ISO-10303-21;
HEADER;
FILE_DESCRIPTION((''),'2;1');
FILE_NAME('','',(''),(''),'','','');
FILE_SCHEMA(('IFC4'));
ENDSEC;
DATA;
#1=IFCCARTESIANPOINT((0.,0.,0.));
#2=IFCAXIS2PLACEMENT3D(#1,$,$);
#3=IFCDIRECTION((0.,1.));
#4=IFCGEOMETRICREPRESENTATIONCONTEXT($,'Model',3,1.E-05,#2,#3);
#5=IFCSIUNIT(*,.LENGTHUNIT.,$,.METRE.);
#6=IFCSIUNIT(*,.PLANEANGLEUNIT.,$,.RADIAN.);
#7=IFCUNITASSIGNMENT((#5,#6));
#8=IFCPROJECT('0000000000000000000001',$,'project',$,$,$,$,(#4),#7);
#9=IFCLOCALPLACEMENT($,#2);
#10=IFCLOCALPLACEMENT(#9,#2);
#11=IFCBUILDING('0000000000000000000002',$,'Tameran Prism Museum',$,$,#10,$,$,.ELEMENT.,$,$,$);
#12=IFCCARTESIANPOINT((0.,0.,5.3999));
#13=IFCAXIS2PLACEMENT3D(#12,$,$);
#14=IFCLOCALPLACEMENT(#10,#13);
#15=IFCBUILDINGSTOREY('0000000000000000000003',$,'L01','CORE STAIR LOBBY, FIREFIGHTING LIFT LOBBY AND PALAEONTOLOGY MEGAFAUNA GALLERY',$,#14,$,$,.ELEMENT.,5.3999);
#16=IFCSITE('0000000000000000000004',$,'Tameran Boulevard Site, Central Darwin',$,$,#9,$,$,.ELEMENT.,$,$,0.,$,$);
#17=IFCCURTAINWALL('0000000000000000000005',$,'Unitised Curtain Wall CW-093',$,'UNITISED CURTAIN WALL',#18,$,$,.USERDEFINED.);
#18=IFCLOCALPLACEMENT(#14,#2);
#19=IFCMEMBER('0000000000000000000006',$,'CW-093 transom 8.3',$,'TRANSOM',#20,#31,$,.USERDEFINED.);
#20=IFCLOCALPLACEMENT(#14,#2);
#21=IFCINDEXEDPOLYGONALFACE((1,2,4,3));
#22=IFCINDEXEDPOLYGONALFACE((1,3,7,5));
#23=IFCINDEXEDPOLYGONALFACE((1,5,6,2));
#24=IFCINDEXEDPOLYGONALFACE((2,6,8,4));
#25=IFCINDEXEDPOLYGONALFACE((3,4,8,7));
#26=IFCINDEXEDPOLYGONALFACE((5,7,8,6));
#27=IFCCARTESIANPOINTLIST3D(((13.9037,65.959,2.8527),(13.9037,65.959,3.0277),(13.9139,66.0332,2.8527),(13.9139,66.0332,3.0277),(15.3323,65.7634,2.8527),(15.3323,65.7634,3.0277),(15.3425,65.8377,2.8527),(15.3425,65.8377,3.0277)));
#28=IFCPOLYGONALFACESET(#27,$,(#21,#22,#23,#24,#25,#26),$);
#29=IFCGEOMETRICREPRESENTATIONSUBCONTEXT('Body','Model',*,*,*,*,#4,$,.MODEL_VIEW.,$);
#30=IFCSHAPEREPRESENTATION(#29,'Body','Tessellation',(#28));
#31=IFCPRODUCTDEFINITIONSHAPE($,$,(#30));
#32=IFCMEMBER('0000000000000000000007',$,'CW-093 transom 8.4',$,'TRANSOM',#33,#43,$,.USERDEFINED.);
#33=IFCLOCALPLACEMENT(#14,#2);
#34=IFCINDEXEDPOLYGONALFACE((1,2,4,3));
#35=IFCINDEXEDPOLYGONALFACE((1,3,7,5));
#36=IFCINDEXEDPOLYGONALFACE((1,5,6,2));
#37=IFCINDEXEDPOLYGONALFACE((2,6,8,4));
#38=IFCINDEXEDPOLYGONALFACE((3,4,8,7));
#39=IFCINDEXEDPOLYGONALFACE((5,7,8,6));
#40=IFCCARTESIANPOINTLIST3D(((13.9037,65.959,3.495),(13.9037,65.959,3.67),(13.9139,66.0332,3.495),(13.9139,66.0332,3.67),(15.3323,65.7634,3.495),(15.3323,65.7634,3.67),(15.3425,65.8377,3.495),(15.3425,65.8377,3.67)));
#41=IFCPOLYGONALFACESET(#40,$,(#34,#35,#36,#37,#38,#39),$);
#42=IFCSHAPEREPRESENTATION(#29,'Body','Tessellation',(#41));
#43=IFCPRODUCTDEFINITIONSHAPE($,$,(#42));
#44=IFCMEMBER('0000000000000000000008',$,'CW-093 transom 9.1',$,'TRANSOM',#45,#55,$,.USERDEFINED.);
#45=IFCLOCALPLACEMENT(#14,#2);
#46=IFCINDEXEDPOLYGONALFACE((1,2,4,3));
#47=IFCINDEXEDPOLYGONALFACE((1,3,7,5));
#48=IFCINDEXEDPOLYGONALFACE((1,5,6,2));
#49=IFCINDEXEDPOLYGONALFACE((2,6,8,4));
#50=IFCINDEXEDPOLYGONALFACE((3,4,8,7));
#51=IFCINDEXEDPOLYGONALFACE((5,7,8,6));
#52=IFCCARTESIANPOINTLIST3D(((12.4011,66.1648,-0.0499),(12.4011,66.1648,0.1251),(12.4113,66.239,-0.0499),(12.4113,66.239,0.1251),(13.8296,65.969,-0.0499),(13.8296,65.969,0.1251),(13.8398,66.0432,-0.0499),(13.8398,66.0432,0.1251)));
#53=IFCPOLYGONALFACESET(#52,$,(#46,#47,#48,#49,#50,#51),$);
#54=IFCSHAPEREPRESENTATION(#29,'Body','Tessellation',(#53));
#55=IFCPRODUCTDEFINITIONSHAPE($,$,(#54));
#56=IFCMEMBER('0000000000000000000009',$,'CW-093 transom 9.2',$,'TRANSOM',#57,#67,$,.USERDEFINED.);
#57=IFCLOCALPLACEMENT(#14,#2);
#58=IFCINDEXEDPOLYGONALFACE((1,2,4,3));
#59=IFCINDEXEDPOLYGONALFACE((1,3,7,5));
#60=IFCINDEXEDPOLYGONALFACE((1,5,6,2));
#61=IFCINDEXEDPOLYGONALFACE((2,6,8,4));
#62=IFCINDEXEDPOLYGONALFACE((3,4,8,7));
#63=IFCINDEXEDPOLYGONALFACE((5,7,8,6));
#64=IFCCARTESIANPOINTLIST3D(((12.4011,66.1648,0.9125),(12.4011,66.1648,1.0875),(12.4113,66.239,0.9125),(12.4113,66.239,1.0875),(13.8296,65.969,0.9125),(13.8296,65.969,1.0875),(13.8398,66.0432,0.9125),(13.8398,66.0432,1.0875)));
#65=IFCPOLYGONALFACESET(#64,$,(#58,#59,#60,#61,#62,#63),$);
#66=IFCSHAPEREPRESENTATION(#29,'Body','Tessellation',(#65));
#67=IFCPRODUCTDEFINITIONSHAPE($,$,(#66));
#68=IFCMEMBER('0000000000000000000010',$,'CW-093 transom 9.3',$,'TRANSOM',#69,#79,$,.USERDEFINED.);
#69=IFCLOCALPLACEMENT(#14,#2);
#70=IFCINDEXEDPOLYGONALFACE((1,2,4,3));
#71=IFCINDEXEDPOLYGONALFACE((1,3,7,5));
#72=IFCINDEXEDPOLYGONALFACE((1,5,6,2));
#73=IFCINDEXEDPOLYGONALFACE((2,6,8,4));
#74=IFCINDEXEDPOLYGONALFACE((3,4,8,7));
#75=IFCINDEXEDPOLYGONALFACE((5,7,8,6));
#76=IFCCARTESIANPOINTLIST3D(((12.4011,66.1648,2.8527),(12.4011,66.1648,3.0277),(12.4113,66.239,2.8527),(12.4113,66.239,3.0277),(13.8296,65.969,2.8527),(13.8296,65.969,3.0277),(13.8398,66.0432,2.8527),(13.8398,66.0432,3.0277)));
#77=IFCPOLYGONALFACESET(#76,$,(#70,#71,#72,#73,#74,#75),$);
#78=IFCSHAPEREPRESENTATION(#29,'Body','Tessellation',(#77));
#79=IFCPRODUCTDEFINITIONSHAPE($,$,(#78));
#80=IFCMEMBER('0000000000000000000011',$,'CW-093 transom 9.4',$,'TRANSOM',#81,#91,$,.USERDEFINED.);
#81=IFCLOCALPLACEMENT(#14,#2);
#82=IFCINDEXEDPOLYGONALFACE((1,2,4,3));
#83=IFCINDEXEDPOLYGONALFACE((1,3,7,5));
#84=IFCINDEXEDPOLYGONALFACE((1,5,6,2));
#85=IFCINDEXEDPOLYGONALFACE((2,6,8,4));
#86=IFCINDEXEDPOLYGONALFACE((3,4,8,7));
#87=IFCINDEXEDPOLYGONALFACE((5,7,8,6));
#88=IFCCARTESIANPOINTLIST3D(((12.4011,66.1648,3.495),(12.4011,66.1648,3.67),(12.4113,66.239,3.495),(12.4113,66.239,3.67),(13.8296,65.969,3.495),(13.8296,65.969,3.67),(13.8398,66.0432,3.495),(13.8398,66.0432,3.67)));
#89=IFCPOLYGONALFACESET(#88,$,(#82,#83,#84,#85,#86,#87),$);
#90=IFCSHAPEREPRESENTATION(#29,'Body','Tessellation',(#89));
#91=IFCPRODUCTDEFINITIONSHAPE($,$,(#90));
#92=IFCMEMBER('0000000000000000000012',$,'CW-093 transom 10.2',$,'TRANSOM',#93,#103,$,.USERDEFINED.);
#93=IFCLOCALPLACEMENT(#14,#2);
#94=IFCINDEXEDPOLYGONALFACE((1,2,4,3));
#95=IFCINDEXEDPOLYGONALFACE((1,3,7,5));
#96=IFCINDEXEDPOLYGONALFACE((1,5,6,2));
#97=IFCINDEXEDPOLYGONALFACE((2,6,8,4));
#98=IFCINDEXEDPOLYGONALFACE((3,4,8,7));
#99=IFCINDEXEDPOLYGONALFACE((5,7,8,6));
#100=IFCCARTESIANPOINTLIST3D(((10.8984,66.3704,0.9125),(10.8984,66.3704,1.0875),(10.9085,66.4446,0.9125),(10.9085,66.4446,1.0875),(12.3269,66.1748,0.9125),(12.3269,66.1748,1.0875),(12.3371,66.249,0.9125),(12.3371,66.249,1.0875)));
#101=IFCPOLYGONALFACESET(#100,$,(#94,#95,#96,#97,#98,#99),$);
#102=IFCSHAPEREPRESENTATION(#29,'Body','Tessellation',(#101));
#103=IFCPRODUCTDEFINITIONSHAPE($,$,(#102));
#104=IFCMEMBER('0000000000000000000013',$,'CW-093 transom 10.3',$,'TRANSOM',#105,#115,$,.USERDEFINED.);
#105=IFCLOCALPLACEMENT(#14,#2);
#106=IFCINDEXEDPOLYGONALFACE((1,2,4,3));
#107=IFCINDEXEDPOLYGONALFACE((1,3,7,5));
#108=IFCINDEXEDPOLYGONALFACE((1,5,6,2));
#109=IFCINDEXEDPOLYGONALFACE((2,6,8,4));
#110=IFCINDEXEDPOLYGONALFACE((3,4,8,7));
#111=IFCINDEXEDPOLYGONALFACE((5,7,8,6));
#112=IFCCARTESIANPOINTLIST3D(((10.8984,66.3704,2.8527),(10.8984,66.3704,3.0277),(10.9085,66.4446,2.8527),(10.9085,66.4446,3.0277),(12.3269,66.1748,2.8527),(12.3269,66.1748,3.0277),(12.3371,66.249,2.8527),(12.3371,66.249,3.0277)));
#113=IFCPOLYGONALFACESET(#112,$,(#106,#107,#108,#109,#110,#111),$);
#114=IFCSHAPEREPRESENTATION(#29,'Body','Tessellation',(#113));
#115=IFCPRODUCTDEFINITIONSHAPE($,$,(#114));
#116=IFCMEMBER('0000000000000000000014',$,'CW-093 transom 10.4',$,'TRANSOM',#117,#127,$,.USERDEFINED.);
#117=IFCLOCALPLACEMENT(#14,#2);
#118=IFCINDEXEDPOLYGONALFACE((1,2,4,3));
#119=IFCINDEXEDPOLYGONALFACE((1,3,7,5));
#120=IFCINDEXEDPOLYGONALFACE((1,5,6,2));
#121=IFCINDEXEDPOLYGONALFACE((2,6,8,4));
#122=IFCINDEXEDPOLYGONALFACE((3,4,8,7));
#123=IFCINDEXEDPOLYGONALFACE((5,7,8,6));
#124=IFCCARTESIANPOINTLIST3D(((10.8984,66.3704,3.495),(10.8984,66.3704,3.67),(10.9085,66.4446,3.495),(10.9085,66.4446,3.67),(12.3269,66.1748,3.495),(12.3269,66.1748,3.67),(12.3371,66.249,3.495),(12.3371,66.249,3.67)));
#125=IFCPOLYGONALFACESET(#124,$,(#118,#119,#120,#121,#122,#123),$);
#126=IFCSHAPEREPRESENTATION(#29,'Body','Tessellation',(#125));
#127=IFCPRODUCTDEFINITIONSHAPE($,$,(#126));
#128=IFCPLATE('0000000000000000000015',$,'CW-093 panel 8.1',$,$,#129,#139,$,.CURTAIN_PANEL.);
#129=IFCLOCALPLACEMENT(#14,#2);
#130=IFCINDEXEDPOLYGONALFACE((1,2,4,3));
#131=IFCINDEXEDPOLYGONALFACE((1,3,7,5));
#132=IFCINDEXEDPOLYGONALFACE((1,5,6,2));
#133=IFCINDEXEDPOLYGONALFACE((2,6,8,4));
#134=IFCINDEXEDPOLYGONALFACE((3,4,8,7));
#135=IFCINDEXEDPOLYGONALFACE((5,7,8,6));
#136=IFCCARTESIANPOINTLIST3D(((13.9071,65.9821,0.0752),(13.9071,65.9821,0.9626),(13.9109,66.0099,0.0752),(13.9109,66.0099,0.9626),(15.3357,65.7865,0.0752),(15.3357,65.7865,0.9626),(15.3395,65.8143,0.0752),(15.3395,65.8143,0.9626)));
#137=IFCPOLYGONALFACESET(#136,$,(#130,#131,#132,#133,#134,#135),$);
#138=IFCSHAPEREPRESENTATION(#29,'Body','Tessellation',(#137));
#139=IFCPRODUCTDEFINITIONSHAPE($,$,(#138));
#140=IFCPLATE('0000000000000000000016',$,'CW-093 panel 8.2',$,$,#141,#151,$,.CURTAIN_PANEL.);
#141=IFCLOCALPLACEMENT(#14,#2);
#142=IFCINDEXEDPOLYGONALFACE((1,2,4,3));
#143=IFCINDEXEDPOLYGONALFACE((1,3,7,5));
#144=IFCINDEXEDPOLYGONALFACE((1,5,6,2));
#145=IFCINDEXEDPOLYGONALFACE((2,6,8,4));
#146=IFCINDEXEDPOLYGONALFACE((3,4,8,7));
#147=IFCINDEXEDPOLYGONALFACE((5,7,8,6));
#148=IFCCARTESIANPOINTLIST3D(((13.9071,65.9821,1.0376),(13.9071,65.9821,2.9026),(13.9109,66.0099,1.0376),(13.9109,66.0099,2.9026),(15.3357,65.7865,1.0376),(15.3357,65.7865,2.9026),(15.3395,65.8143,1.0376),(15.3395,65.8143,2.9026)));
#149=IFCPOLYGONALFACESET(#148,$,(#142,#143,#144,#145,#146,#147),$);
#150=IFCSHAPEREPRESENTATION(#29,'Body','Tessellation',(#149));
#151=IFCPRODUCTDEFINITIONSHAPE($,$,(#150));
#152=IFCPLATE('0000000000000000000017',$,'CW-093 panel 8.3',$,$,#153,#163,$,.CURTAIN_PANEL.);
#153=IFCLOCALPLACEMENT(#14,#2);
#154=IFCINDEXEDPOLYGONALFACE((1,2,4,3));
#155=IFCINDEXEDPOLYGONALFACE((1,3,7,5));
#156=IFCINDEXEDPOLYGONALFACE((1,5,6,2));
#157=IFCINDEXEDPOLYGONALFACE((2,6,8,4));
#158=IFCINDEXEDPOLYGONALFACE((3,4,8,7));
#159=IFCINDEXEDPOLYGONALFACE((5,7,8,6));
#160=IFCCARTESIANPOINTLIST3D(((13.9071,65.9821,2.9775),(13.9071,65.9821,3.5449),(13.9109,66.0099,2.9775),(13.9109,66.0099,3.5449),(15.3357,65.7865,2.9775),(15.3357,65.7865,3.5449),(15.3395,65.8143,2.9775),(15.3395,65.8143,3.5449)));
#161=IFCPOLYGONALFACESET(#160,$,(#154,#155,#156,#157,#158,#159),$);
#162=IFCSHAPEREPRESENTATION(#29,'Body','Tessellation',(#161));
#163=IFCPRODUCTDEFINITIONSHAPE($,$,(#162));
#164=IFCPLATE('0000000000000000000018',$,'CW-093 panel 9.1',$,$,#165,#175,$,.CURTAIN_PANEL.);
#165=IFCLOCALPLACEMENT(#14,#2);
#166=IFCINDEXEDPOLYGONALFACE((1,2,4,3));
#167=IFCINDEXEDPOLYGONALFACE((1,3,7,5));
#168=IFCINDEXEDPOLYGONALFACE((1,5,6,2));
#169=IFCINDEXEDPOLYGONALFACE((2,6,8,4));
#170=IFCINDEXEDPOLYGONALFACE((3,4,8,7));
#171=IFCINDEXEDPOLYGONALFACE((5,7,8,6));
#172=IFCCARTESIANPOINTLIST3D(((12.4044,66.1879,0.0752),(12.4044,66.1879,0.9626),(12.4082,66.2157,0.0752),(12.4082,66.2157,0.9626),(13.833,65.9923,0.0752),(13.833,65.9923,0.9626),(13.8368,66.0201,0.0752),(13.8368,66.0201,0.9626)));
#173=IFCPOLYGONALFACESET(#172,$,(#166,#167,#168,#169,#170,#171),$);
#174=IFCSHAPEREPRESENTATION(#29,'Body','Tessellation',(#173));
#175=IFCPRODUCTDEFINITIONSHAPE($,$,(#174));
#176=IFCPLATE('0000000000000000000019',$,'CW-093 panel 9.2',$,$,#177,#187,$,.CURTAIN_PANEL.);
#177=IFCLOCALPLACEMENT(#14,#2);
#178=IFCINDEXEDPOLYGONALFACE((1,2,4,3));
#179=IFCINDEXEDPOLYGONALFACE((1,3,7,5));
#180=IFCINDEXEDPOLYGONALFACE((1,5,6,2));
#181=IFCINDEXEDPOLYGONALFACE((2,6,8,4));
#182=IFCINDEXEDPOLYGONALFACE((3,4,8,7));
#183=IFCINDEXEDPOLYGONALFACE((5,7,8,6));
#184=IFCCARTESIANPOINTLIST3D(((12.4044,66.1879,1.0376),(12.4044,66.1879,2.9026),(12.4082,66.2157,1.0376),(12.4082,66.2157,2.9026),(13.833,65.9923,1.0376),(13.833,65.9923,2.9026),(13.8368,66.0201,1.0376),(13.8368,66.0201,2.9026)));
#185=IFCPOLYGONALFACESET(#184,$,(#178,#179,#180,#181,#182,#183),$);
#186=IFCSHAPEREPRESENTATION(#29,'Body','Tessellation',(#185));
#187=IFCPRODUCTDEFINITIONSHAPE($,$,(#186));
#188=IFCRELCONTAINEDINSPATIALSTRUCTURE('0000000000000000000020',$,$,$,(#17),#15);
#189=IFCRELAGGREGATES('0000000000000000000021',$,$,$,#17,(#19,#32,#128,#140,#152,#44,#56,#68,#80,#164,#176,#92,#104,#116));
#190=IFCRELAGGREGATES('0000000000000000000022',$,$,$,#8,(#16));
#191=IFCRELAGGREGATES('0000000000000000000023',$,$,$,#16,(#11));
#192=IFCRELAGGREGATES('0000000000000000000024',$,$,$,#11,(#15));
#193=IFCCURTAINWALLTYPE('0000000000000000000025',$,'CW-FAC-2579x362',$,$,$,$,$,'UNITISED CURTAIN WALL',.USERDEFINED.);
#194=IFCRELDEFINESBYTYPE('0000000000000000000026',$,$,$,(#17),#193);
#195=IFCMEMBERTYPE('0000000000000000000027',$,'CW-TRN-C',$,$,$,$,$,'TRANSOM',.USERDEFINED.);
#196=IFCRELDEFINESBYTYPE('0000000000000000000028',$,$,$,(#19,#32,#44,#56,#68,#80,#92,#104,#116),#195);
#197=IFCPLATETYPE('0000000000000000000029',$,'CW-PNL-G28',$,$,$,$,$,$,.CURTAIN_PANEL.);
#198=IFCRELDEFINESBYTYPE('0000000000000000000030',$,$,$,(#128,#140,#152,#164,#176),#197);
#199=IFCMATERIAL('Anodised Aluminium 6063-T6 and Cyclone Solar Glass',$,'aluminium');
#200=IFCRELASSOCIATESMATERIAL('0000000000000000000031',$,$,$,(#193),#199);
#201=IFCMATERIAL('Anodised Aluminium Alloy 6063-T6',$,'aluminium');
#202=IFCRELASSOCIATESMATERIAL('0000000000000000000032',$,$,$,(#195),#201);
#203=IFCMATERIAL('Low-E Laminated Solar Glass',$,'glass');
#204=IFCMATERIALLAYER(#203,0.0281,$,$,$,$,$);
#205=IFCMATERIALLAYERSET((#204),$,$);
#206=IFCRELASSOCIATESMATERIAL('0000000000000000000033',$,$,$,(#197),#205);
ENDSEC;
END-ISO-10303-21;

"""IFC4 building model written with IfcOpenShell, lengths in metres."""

from ifc_helpers import new_model, si_unit, direction, frame, origin, origin_2d, place, context, subcontext, project, spatial, rectangle, extrude, material, layer, layer_set, material_profile, profile_set, type_object, element, aggregate, save


model = new_model("IFC4")

# Units and contexts
model_context = context("Model", 3, precision=1e-05, world=origin(), true_north=direction((0.0, 1.0)))
body_context = subcontext(model_context, "Body", "Model", "MODEL_VIEW")
ifc_project = project(units=[si_unit("LENGTHUNIT", "METRE"), si_unit("PLANEANGLEUNIT", "RADIAN")], contexts=[model_context])

# Site, building, storey
site_placement = place(None, origin())
site = spatial("IfcSite", under=ifc_project, at=site_placement, Name="Tameran Boulevard Site, Central Darwin", CompositionType="ELEMENT", RefElevation=0.0)
building_placement = place(site_placement, origin())
building = spatial("IfcBuilding", under=site, at=building_placement, Name="Tameran Prism Museum", CompositionType="ELEMENT")
storey_placement = place(building_placement, frame((0.0, 0.0, 5.3999)))
storey = spatial("IfcBuildingStorey", under=building, at=storey_placement, Name="L01", Description="CORE STAIR LOBBY, FIREFIGHTING LIFT LOBBY AND PALAEONTOLOGY MEGAFAUNA GALLERY", CompositionType="ELEMENT", Elevation=5.3999)

# Curtain wall, members, plates
ifc_material_1 = material(Name="Anodised Aluminium 6063-T6 and Cyclone Solar Glass", Category="aluminium")
curtain_wall_type = type_object("IfcCurtainWallType", Name="CW-FAC-2579x362", ElementType="UNITISED CURTAIN WALL", PredefinedType="USERDEFINED", material=ifc_material_1)
curtain_wall_placement = place(storey_placement, origin())
curtain_wall = element("IfcCurtainWall", 1, at=curtain_wall_placement, inside=storey, type_object=curtain_wall_type, Name="Unitised Curtain Wall CW-093", ObjectType="UNITISED CURTAIN WALL", PredefinedType="USERDEFINED")
ifc_material_2 = material(Name="Anodised Aluminium Alloy 6063-T6", Category="aluminium")
ifc_material_profile_1 = material_profile(ifc_material_2, rectangle(XDim=0.075, YDim=0.175, at=origin_2d()))
ifc_profile_set_1 = profile_set([ifc_material_profile_1])
member_type_1 = type_object("IfcMemberType", Name="CW-TRN-C", ElementType="TRANSOM", PredefinedType="USERDEFINED", material=ifc_profile_set_1)
member_1_placement = place(storey_placement, frame((15.3374, 65.8005, 2.9402), z_axis=(-0.990759, 0.135635, 0.0), x_axis=(-0.135635, -0.990759, 0.0)))
member_1 = element("IfcMember", 2, at=member_1_placement, type_object=member_type_1, Name="CW-093 transom 8.3", ObjectType="TRANSOM", PredefinedType="USERDEFINED", context=body_context, shape_type="SweptSolid", body=[
    extrude(rectangle(XDim=0.075, YDim=0.175, at=origin_2d()), origin(), (0.0, 0.0, 1.0), 1.4419),
])
member_2_placement = place(storey_placement, frame((15.3374, 65.8005, 3.5825), z_axis=(-0.990759, 0.135635, 0.0), x_axis=(-0.135635, -0.990759, 0.0)))
member_2 = element("IfcMember", 3, at=member_2_placement, type_object=member_type_1, Name="CW-093 transom 8.4", ObjectType="TRANSOM", PredefinedType="USERDEFINED", context=body_context, shape_type="SweptSolid", body=[
    extrude(rectangle(XDim=0.075, YDim=0.175, at=origin_2d()), origin(), (0.0, 0.0, 1.0), 1.4419),
])
member_3_placement = place(storey_placement, frame((13.8347, 66.0061, 0.0376), z_axis=(-0.990736, 0.135801, 0.0), x_axis=(-0.135801, -0.990736, 0.0)))
member_3 = element("IfcMember", 4, at=member_3_placement, type_object=member_type_1, Name="CW-093 transom 9.1", ObjectType="TRANSOM", PredefinedType="USERDEFINED", context=body_context, shape_type="SweptSolid", body=[
    extrude(rectangle(XDim=0.075, YDim=0.175, at=origin_2d()), origin(), (0.0, 0.0, 1.0), 1.4419),
])
member_4_placement = place(storey_placement, frame((13.8347, 66.0061, 1.0), z_axis=(-0.990736, 0.135801, 0.0), x_axis=(-0.135801, -0.990736, 0.0)))
member_4 = element("IfcMember", 5, at=member_4_placement, type_object=member_type_1, Name="CW-093 transom 9.2", ObjectType="TRANSOM", PredefinedType="USERDEFINED", context=body_context, shape_type="SweptSolid", body=[
    extrude(rectangle(XDim=0.075, YDim=0.175, at=origin_2d()), origin(), (0.0, 0.0, 1.0), 1.4419),
])
member_5_placement = place(storey_placement, frame((13.8347, 66.0061, 2.9402), z_axis=(-0.990736, 0.135801, 0.0), x_axis=(-0.135801, -0.990736, 0.0)))
member_5 = element("IfcMember", 6, at=member_5_placement, type_object=member_type_1, Name="CW-093 transom 9.3", ObjectType="TRANSOM", PredefinedType="USERDEFINED", context=body_context, shape_type="SweptSolid", body=[
    extrude(rectangle(XDim=0.075, YDim=0.175, at=origin_2d()), origin(), (0.0, 0.0, 1.0), 1.4419),
])
member_6_placement = place(storey_placement, frame((13.8347, 66.0061, 3.5825), z_axis=(-0.990736, 0.135801, 0.0), x_axis=(-0.135801, -0.990736, 0.0)))
member_6 = element("IfcMember", 7, at=member_6_placement, type_object=member_type_1, Name="CW-093 transom 9.4", ObjectType="TRANSOM", PredefinedType="USERDEFINED", context=body_context, shape_type="SweptSolid", body=[
    extrude(rectangle(XDim=0.075, YDim=0.175, at=origin_2d()), origin(), (0.0, 0.0, 1.0), 1.4419),
])
member_7_placement = place(storey_placement, frame((12.332, 66.2119, 1.0), z_axis=(-0.990759, 0.135635, 0.0), x_axis=(-0.135635, -0.990759, 0.0)))
member_7 = element("IfcMember", 8, at=member_7_placement, type_object=member_type_1, Name="CW-093 transom 10.2", ObjectType="TRANSOM", PredefinedType="USERDEFINED", context=body_context, shape_type="SweptSolid", body=[
    extrude(rectangle(XDim=0.075, YDim=0.175, at=origin_2d()), origin(), (0.0, 0.0, 1.0), 1.4419),
])
member_8_placement = place(storey_placement, frame((12.332, 66.2119, 2.9402), z_axis=(-0.990759, 0.135635, 0.0), x_axis=(-0.135635, -0.990759, 0.0)))
member_8 = element("IfcMember", 9, at=member_8_placement, type_object=member_type_1, Name="CW-093 transom 10.3", ObjectType="TRANSOM", PredefinedType="USERDEFINED", context=body_context, shape_type="SweptSolid", body=[
    extrude(rectangle(XDim=0.075, YDim=0.175, at=origin_2d()), origin(), (0.0, 0.0, 1.0), 1.4419),
])
member_9_placement = place(storey_placement, frame((12.332, 66.2119, 3.5825), z_axis=(-0.990759, 0.135635, 0.0), x_axis=(-0.135635, -0.990759, 0.0)))
member_9 = element("IfcMember", 10, at=member_9_placement, type_object=member_type_1, Name="CW-093 transom 10.4", ObjectType="TRANSOM", PredefinedType="USERDEFINED", context=body_context, shape_type="SweptSolid", body=[
    extrude(rectangle(XDim=0.075, YDim=0.175, at=origin_2d()), origin(), (0.0, 0.0, 1.0), 1.4419),
])
ifc_material_3 = material(Name="Low-E Laminated Solar Glass", Category="glass")
ifc_layer_1 = layer(ifc_material_3, 0.0281)
ifc_layer_set_1 = layer_set([ifc_layer_1])
plate_type = type_object("IfcPlateType", Name="CW-PNL-G28", PredefinedType="CURTAIN_PANEL", material=ifc_layer_set_1)
plate_1_placement = place(storey_placement, frame((14.6233, 65.8982, 0.0752), z_axis=(0.0, 0.0, 1.0), x_axis=(-0.990756, 0.135658, 0.0)))
plate_1 = element("IfcPlate", 11, at=plate_1_placement, type_object=plate_type, Name="CW-093 panel 8.1", PredefinedType="CURTAIN_PANEL", context=body_context, shape_type="SweptSolid", body=[
    extrude(rectangle(XDim=1.4419, YDim=0.0281, at=origin_2d()), origin(), (0.0, 0.0, 1.0), 0.8875),
])
plate_2_placement = place(storey_placement, frame((14.6233, 65.8982, 1.0376), z_axis=(0.0, 0.0, 1.0), x_axis=(-0.990756, 0.135658, 0.0)))
plate_2 = element("IfcPlate", 12, at=plate_2_placement, type_object=plate_type, Name="CW-093 panel 8.2", PredefinedType="CURTAIN_PANEL", context=body_context, shape_type="SweptSolid", body=[
    extrude(rectangle(XDim=1.4419, YDim=0.0281, at=origin_2d()), origin(), (0.0, 0.0, 1.0), 1.865),
])
plate_3_placement = place(storey_placement, frame((14.6233, 65.8982, 2.9775), z_axis=(0.0, 0.0, 1.0), x_axis=(-0.990756, 0.135658, 0.0)))
plate_3 = element("IfcPlate", 13, at=plate_3_placement, type_object=plate_type, Name="CW-093 panel 8.3", PredefinedType="CURTAIN_PANEL", context=body_context, shape_type="SweptSolid", body=[
    extrude(rectangle(XDim=1.4419, YDim=0.0281, at=origin_2d()), origin(), (0.0, 0.0, 1.0), 0.5674),
])
plate_4_placement = place(storey_placement, frame((13.1206, 66.104, 0.0752), z_axis=(0.0, 0.0, 1.0), x_axis=(-0.990756, 0.135658, 0.0)))
plate_4 = element("IfcPlate", 14, at=plate_4_placement, type_object=plate_type, Name="CW-093 panel 9.1", PredefinedType="CURTAIN_PANEL", context=body_context, shape_type="SweptSolid", body=[
    extrude(rectangle(XDim=1.4419, YDim=0.0281, at=origin_2d()), origin(), (0.0, 0.0, 1.0), 0.8875),
])
plate_5_placement = place(storey_placement, frame((13.1206, 66.104, 1.0376), z_axis=(0.0, 0.0, 1.0), x_axis=(-0.990756, 0.135658, 0.0)))
plate_5 = element("IfcPlate", 15, at=plate_5_placement, type_object=plate_type, Name="CW-093 panel 9.2", PredefinedType="CURTAIN_PANEL", context=body_context, shape_type="SweptSolid", body=[
    extrude(rectangle(XDim=1.4419, YDim=0.0281, at=origin_2d()), origin(), (0.0, 0.0, 1.0), 1.865),
])
aggregate(curtain_wall, [member_1, member_2, plate_1, plate_2, plate_3, member_3, member_4, member_5, member_6, plate_4, plate_5, member_7, member_8, member_9])

save(model, "model.ifc")
